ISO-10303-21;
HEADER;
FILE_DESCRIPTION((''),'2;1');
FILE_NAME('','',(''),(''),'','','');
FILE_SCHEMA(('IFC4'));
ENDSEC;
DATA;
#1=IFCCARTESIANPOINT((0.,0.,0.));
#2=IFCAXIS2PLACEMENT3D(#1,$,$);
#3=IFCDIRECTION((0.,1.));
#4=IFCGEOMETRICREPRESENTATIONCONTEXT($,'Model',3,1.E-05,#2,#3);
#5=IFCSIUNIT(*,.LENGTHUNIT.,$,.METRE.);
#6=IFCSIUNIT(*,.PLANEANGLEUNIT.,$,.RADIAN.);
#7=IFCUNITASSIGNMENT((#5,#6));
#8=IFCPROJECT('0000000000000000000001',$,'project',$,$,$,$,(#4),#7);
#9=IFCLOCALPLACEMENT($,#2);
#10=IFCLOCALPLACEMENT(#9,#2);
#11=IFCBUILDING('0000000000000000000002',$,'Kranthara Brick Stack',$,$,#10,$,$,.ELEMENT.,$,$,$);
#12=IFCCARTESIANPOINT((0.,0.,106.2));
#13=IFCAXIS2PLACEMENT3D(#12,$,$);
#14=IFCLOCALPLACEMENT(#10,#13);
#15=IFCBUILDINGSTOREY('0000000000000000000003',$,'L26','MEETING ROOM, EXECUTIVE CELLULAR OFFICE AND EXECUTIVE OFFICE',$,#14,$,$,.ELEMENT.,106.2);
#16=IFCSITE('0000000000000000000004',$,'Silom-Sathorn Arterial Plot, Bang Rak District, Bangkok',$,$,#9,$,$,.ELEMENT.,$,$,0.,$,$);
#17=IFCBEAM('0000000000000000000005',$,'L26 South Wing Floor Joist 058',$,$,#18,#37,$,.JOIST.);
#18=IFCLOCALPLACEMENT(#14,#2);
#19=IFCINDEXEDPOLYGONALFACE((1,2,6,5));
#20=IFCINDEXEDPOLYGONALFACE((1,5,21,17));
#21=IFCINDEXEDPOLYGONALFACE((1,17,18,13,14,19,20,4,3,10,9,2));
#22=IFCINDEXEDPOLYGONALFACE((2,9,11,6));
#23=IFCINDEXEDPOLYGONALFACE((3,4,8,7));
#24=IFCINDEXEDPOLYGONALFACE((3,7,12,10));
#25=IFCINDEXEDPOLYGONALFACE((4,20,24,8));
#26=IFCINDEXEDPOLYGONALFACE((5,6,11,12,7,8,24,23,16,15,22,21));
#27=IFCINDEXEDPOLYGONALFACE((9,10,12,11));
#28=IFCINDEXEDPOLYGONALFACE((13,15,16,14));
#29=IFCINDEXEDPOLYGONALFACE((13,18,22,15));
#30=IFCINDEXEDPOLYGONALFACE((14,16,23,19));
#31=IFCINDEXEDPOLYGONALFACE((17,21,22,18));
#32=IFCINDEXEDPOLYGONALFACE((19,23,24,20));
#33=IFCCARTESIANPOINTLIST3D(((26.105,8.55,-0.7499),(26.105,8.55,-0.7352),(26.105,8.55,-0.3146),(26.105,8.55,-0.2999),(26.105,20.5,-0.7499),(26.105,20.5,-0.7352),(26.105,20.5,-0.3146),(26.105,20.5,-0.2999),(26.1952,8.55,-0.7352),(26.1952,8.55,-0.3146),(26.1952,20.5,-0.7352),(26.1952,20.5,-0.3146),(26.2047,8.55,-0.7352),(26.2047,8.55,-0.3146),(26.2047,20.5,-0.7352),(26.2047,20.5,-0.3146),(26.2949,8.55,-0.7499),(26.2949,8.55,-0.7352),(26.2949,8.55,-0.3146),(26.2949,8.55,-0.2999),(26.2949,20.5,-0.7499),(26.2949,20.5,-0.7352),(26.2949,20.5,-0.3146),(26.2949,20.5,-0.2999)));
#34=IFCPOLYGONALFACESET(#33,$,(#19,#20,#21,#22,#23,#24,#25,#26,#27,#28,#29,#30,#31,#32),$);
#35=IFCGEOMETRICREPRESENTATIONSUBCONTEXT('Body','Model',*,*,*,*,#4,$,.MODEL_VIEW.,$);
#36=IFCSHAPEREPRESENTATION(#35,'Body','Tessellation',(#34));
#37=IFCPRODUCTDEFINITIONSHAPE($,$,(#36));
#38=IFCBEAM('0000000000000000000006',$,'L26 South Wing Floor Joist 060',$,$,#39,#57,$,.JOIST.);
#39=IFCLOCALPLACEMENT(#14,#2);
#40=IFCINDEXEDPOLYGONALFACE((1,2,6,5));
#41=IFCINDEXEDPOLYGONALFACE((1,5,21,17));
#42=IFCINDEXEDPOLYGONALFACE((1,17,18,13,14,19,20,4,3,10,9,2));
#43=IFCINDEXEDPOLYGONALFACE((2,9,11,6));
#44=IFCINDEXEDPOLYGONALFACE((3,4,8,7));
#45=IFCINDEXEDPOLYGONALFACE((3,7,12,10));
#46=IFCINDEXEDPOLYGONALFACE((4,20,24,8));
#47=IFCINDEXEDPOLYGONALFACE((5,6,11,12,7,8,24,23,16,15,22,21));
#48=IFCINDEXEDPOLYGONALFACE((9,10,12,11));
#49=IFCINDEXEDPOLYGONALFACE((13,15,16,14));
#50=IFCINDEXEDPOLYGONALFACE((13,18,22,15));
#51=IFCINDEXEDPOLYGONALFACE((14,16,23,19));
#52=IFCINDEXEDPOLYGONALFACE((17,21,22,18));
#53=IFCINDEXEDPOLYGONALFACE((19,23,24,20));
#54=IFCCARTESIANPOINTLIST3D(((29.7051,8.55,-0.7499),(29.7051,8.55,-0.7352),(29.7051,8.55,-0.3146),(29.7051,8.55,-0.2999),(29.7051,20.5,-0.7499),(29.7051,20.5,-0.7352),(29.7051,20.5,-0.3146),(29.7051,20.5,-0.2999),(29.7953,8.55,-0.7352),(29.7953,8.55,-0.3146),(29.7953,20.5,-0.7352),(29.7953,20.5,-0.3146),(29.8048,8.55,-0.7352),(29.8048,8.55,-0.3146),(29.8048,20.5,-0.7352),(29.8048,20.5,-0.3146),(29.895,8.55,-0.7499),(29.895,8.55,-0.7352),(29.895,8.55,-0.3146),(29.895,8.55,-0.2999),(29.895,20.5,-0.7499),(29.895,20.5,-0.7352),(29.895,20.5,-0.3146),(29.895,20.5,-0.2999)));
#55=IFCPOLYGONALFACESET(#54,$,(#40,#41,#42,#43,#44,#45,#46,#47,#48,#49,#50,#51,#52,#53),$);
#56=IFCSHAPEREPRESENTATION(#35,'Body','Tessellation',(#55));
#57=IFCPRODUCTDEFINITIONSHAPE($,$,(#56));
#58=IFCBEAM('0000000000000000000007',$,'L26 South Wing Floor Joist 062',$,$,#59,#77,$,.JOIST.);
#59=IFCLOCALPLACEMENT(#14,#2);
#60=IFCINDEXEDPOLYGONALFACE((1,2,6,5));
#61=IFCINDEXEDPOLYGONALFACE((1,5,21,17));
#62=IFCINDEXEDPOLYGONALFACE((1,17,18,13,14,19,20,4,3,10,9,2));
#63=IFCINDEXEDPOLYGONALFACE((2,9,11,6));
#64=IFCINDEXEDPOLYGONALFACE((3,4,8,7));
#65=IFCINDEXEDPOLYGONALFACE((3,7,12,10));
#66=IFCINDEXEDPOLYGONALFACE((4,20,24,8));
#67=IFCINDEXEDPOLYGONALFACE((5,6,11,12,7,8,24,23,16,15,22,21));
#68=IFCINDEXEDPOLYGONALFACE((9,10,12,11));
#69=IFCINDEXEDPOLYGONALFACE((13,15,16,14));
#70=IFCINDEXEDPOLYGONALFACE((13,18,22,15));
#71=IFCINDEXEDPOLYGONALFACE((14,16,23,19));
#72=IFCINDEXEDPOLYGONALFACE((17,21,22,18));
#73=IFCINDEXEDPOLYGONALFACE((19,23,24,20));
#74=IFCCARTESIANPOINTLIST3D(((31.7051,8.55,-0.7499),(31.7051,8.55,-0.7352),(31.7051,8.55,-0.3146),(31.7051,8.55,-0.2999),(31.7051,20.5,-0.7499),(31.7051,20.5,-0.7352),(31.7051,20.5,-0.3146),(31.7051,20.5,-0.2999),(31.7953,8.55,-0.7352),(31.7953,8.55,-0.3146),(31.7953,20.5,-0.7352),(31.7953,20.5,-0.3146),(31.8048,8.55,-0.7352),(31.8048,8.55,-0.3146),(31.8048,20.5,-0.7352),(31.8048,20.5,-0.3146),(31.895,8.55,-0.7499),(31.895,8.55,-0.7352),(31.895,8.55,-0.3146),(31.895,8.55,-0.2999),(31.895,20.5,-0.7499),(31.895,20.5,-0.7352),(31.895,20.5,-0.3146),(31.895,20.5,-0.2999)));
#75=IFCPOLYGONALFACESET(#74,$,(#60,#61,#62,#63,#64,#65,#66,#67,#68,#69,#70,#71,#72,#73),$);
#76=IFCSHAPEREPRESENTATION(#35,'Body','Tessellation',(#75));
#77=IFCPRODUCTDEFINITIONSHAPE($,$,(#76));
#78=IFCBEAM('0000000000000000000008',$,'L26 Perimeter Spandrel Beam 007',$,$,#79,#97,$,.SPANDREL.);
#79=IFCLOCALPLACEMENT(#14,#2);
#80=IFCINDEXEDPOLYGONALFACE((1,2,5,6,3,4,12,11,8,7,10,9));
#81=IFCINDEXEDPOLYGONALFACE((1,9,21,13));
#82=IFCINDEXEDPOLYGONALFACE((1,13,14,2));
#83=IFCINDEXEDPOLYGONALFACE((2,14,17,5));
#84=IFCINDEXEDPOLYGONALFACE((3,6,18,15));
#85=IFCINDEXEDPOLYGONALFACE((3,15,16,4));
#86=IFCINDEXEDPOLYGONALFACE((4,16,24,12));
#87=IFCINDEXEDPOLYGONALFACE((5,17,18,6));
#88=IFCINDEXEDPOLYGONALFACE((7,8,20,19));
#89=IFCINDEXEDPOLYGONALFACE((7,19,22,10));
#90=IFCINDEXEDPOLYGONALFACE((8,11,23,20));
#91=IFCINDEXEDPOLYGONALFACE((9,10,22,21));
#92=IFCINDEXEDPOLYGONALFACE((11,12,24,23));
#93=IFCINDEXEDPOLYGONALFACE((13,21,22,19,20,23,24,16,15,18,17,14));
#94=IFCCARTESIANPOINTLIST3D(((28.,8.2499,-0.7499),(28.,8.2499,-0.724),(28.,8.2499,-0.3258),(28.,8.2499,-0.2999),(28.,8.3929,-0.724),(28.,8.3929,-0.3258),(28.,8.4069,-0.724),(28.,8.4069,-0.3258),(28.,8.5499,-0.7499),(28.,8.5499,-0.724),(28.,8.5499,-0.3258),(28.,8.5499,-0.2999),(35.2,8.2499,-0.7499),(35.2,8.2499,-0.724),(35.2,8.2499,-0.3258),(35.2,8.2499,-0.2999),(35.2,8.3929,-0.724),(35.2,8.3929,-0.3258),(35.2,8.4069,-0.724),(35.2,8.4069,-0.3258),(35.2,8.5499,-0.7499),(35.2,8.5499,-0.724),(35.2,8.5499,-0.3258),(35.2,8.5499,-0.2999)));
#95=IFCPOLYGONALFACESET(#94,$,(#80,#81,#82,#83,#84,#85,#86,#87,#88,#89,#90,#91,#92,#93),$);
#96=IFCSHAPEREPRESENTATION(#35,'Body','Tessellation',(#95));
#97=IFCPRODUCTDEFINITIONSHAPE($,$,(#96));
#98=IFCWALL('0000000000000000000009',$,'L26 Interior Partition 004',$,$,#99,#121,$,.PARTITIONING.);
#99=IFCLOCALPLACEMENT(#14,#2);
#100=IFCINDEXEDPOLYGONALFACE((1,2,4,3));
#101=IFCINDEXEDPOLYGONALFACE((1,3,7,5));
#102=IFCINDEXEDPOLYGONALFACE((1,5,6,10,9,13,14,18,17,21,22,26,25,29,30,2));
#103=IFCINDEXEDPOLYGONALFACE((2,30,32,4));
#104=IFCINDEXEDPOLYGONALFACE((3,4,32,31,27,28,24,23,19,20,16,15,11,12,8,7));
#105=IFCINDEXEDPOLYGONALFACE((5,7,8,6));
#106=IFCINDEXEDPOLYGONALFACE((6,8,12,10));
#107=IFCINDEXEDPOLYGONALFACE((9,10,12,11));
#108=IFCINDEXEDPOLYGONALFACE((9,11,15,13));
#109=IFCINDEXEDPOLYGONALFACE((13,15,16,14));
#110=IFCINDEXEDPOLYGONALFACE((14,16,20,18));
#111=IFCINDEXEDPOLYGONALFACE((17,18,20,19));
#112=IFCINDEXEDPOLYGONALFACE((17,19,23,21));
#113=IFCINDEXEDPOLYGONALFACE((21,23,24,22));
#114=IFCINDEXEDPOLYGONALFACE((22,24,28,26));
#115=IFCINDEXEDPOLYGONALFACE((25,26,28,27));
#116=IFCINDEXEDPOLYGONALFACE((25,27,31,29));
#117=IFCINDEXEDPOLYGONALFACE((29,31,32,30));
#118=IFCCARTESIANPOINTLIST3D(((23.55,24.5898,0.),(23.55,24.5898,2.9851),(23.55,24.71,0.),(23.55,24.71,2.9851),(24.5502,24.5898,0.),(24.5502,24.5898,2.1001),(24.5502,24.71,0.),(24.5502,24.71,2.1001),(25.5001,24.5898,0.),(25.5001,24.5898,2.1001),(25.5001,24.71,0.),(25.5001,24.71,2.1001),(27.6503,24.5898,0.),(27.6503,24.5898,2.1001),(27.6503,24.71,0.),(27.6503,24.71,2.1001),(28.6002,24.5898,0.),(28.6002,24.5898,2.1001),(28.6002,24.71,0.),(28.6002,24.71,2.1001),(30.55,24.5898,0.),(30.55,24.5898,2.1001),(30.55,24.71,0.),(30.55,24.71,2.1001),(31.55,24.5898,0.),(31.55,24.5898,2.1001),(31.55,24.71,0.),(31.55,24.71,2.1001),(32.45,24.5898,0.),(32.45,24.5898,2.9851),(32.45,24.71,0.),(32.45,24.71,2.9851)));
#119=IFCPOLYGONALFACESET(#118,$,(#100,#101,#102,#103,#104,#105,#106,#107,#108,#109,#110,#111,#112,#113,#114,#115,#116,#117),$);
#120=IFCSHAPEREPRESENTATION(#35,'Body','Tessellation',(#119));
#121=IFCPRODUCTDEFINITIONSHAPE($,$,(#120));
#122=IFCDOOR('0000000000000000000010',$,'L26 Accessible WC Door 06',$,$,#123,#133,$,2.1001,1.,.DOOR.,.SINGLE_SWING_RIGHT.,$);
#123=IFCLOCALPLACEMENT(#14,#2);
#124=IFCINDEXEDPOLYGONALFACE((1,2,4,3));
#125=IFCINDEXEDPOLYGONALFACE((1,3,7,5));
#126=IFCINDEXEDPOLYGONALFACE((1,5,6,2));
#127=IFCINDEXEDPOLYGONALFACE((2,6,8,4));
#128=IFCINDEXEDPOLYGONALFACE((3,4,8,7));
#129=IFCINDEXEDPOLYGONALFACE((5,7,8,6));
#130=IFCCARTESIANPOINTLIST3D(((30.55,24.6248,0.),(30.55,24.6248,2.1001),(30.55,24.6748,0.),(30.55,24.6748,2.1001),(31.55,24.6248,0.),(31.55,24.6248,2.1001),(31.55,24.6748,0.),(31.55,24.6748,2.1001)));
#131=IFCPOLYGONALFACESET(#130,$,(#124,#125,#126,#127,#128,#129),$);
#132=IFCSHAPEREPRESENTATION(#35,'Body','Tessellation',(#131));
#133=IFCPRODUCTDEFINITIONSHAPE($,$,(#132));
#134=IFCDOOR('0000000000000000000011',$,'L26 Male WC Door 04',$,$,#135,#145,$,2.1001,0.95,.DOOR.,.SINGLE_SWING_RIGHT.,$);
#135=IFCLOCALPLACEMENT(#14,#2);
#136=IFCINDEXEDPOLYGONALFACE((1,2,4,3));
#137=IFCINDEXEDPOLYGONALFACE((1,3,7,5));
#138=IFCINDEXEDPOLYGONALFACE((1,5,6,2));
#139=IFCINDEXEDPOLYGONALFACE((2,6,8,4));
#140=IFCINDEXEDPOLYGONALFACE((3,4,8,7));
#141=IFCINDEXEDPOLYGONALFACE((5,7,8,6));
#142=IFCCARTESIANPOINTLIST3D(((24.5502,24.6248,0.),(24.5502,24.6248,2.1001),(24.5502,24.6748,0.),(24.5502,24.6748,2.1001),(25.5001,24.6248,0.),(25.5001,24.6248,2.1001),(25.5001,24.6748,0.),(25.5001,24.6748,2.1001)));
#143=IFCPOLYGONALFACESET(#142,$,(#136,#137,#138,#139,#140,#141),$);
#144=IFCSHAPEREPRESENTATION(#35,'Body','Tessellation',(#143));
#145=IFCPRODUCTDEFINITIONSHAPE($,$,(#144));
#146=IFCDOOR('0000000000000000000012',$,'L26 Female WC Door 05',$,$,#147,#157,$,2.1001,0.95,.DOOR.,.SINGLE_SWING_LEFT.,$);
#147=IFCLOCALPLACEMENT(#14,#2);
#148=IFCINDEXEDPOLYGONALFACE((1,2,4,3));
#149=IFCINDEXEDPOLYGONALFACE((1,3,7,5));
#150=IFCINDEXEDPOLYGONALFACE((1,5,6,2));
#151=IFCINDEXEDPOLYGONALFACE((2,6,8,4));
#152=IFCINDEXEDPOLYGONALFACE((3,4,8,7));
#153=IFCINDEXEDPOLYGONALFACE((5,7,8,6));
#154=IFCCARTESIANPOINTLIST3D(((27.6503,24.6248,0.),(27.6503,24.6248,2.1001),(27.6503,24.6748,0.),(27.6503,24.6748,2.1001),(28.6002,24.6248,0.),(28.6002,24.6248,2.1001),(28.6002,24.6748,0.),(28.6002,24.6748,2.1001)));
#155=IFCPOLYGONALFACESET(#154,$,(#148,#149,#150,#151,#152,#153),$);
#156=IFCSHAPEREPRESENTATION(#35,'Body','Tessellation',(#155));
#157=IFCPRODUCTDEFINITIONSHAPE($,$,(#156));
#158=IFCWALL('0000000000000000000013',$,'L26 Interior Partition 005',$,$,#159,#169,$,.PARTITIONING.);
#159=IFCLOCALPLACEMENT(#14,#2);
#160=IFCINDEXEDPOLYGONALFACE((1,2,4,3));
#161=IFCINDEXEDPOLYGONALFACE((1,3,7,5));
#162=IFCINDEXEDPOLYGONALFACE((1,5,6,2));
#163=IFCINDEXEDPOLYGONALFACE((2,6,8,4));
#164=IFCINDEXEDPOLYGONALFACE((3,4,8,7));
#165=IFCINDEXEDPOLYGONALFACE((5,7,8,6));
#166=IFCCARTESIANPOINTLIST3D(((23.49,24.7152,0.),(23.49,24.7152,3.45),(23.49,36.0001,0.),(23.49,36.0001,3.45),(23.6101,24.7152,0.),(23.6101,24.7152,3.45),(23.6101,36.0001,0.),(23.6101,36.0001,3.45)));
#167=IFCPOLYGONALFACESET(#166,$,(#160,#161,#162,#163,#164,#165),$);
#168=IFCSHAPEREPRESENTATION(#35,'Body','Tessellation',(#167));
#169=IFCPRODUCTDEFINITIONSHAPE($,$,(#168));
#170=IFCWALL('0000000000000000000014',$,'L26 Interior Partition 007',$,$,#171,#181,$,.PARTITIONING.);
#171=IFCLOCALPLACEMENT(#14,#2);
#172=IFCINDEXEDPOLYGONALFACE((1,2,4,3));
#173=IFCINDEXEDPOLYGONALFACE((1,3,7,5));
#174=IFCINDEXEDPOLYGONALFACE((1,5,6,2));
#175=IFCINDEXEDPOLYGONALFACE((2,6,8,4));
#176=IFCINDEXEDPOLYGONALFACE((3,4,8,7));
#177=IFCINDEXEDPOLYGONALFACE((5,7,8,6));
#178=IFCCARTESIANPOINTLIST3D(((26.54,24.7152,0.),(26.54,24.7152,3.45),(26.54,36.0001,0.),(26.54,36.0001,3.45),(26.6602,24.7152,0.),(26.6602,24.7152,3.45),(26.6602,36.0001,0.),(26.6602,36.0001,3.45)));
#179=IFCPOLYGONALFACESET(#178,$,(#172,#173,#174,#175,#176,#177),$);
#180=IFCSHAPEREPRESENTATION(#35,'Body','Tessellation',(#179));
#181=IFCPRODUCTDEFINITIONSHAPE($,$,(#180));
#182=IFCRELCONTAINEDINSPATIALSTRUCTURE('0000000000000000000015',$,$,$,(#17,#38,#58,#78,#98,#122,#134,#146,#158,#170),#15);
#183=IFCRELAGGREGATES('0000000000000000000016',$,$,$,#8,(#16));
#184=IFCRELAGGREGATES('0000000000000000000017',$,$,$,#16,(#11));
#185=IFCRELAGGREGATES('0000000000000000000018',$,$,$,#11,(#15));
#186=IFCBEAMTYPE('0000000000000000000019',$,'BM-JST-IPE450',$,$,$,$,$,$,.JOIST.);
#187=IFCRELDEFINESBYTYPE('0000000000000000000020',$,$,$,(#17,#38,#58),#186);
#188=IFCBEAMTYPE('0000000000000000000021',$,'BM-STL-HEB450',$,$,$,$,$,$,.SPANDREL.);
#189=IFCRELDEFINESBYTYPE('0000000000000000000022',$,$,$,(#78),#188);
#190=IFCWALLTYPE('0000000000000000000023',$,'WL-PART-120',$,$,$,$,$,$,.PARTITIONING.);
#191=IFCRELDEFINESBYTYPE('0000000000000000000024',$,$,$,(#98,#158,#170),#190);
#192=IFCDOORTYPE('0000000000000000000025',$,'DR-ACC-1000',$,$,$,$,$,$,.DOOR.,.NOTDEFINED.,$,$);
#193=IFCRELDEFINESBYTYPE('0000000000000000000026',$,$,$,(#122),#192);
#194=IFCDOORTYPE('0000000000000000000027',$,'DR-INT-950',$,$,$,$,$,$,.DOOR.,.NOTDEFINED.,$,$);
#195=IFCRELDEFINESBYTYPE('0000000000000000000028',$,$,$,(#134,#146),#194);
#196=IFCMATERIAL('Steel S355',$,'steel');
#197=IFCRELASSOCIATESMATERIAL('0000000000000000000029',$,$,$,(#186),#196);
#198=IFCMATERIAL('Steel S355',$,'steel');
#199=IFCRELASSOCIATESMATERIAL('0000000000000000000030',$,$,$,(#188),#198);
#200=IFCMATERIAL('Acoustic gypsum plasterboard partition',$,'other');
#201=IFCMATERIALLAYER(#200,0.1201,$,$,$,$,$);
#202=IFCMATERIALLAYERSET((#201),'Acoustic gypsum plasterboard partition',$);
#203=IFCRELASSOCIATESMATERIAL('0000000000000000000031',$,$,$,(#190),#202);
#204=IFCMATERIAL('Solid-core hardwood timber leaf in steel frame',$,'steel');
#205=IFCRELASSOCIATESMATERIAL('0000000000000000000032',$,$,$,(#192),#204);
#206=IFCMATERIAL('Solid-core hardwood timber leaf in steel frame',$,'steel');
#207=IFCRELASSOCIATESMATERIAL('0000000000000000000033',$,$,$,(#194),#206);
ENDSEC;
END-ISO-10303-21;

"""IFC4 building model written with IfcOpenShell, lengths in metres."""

from ifc_helpers import new_model, si_unit, direction, frame, frame_2d, origin, origin_2d, place, context, subcontext, project, spatial, rectangle, i_section, extrude, material, layer, layer_set, material_profile, profile_set, type_object, element, fill, save


model = new_model("IFC4")

# Units and contexts
model_context = context("Model", 3, precision=1e-05, world=origin(), true_north=direction((0.0, 1.0)))
body_context = subcontext(model_context, "Body", "Model", "MODEL_VIEW")
ifc_project = project(units=[si_unit("LENGTHUNIT", "METRE"), si_unit("PLANEANGLEUNIT", "RADIAN")], contexts=[model_context])

# Site, building, storey
site_placement = place(None, origin())
site = spatial("IfcSite", under=ifc_project, at=site_placement, Name="Silom-Sathorn Arterial Plot, Bang Rak District, Bangkok", CompositionType="ELEMENT", RefElevation=0.0)
building_placement = place(site_placement, origin())
building = spatial("IfcBuilding", under=site, at=building_placement, Name="Kranthara Brick Stack", CompositionType="ELEMENT")
storey_placement = place(building_placement, frame((0.0, 0.0, 106.2)))
storey = spatial("IfcBuildingStorey", under=building, at=storey_placement, Name="L26", Description="MEETING ROOM, EXECUTIVE CELLULAR OFFICE AND EXECUTIVE OFFICE", CompositionType="ELEMENT", Elevation=106.2)

# Beams
ifc_material_1 = material(Name="Steel S355", Category="steel")
ifc_material_profile_1 = material_profile(ifc_material_1, i_section(OverallWidth=0.1899, OverallDepth=0.45, WebThickness=0.0095, FlangeThickness=0.0146, at=origin_2d()), Name="IPE 450")
ifc_profile_set_1 = profile_set([ifc_material_profile_1], Name="Steel S355")
beam_type_1 = type_object("IfcBeamType", Name="BM-JST-IPE450", PredefinedType="JOIST", material=ifc_profile_set_1)
for number, where, z_axis, x_axis, name in (
    (1, (26.2, 8.55, -0.5249), (0.0, 1.0, 0.0), (-1.0, 0.0, 0.0), "L26 South Wing Floor Joist 058"),
    (2, (29.8, 8.55, -0.5249), (0.0, 1.0, 0.0), (-1.0, 0.0, 0.0), "L26 South Wing Floor Joist 060"),
    (3, (31.8, 8.55, -0.5249), (0.0, 1.0, 0.0), (-1.0, 0.0, 0.0), "L26 South Wing Floor Joist 062"),
):
    element("IfcBeam", number, at=place(storey_placement, frame(where, z_axis=z_axis, x_axis=x_axis)), inside=storey, type_object=beam_type_1, Name=name, PredefinedType="JOIST", context=body_context, shape_type="SweptSolid", body=[
        extrude(i_section(OverallWidth=0.1899, OverallDepth=0.45, WebThickness=0.0095, FlangeThickness=0.0146, at=origin_2d()), origin(), (0.0, 0.0, 1.0), 11.95),
    ])
ifc_material_2 = material(Name="Steel S355", Category="steel")
ifc_material_profile_2 = material_profile(ifc_material_2, i_section(OverallWidth=0.3, OverallDepth=0.45, WebThickness=0.0139, FlangeThickness=0.0259, at=origin_2d()), Name="HEB 450")
ifc_profile_set_2 = profile_set([ifc_material_profile_2], Name="Steel S355")
beam_type_2 = type_object("IfcBeamType", Name="BM-STL-HEB450", PredefinedType="SPANDREL", material=ifc_profile_set_2)
beam_1_placement = place(storey_placement, frame((28.0, 8.3999, -0.5249), z_axis=(1.0, 0.0, 0.0), x_axis=(0.0, 1.0, 0.0)))
element("IfcBeam", 4, at=beam_1_placement, inside=storey, type_object=beam_type_2, Name="L26 Perimeter Spandrel Beam 007", PredefinedType="SPANDREL", context=body_context, shape_type="SweptSolid", body=[
    extrude(i_section(OverallWidth=0.3, OverallDepth=0.45, WebThickness=0.0139, FlangeThickness=0.0259, at=origin_2d()), origin(), (0.0, 0.0, 1.0), 7.2),
])

# Wall, openings, doors
ifc_material_3 = material(Name="Acoustic gypsum plasterboard partition", Category="other")
ifc_layer_1 = layer(ifc_material_3, 0.1201)
ifc_layer_set_1 = layer_set([ifc_layer_1], Name="Acoustic gypsum plasterboard partition")
wall_type_1 = type_object("IfcWallType", Name="WL-PART-120", PredefinedType="PARTITIONING", material=ifc_layer_set_1)
wall_1_placement = place(storey_placement, frame((23.55, 24.6499, 0.0), z_axis=(0.0, 0.0, 1.0), x_axis=(1.0, 0.0, 0.0)))
wall_1 = element("IfcWall", 5, at=wall_1_placement, inside=storey, type_object=wall_type_1, Name="L26 Interior Partition 004", PredefinedType="PARTITIONING", context=body_context, shape_type="SweptSolid", body=[
    extrude(rectangle(XDim=8.8999, YDim=0.1201, at=frame_2d((4.45, 0.0))), origin(), (0.0, 0.0, 1.0), 2.9851),
])
opening_1_placement = place(wall_1_placement, frame((1.0, 0.0, 0.0)))
opening_1 = element("IfcOpeningElement", 6, at=opening_1_placement, cuts=wall_1, PredefinedType="OPENING", context=body_context, shape_type="SweptSolid", body=[
    extrude(rectangle(XDim=0.95, YDim=2.1001, at=frame_2d((0.4751, 1.05))), frame((0.0, 0.0701, 0.0), z_axis=(0.0, -1.0, 0.0), x_axis=(1.0, 0.0, 0.0)), (0.0, 0.0, 1.0), 0.1401),
])
opening_2_placement = place(wall_1_placement, frame((4.1001, 0.0, 0.0)))
opening_2 = element("IfcOpeningElement", 7, at=opening_2_placement, cuts=wall_1, PredefinedType="OPENING", context=body_context, shape_type="SweptSolid", body=[
    extrude(rectangle(XDim=0.95, YDim=2.1001, at=frame_2d((0.4751, 1.05))), frame((0.0, 0.0701, 0.0), z_axis=(0.0, -1.0, 0.0), x_axis=(1.0, 0.0, 0.0)), (0.0, 0.0, 1.0), 0.1401),
])
opening_3_placement = place(wall_1_placement, frame((7.0, 0.0, 0.0)))
opening_3 = element("IfcOpeningElement", 8, at=opening_3_placement, cuts=wall_1, PredefinedType="OPENING", context=body_context, shape_type="SweptSolid", body=[
    extrude(rectangle(XDim=1.0, YDim=2.1001, at=frame_2d((0.5, 1.05))), frame((0.0, 0.0701, 0.0), z_axis=(0.0, -1.0, 0.0), x_axis=(1.0, 0.0, 0.0)), (0.0, 0.0, 1.0), 0.1401),
])
ifc_material_4 = material(Name="Solid-core hardwood timber leaf in steel frame", Category="steel")
door_type_1 = type_object("IfcDoorType", Name="DR-ACC-1000", OperationType="NOTDEFINED", PredefinedType="DOOR", material=ifc_material_4)
door_1_placement = place(opening_3_placement, origin())
door_1 = element("IfcDoor", 9, at=door_1_placement, inside=storey, type_object=door_type_1, Name="L26 Accessible WC Door 06", OperationType="SINGLE_SWING_RIGHT", OverallHeight=2.1001, OverallWidth=1.0, PredefinedType="DOOR", context=body_context, shape_type="SweptSolid", body=[
    extrude(rectangle(XDim=1.0, YDim=2.1001, at=frame_2d((0.5, 1.05))), frame((0.0, 0.0249, 0.0), z_axis=(0.0, -1.0, 0.0), x_axis=(1.0, 0.0, 0.0)), (0.0, 0.0, 1.0), 0.05),
])
fill(opening_3, door_1)
ifc_material_5 = material(Name="Solid-core hardwood timber leaf in steel frame", Category="steel")
door_type_2 = type_object("IfcDoorType", Name="DR-INT-950", OperationType="NOTDEFINED", PredefinedType="DOOR", material=ifc_material_5)
door_2_placement = place(opening_1_placement, origin())
door_2 = element("IfcDoor", 10, at=door_2_placement, inside=storey, type_object=door_type_2, Name="L26 Male WC Door 04", OperationType="SINGLE_SWING_RIGHT", OverallHeight=2.1001, OverallWidth=0.95, PredefinedType="DOOR", context=body_context, shape_type="SweptSolid", body=[
    extrude(rectangle(XDim=0.95, YDim=2.1001, at=frame_2d((0.4751, 1.05))), frame((0.0, 0.0249, 0.0), z_axis=(0.0, -1.0, 0.0), x_axis=(1.0, 0.0, 0.0)), (0.0, 0.0, 1.0), 0.05),
])
fill(opening_1, door_2)
door_3_placement = place(opening_2_placement, origin())
door_3 = element("IfcDoor", 11, at=door_3_placement, inside=storey, type_object=door_type_2, Name="L26 Female WC Door 05", OperationType="SINGLE_SWING_LEFT", OverallHeight=2.1001, OverallWidth=0.95, PredefinedType="DOOR", context=body_context, shape_type="SweptSolid", body=[
    extrude(rectangle(XDim=0.95, YDim=2.1001, at=frame_2d((0.4751, 1.05))), frame((0.0, 0.0249, 0.0), z_axis=(0.0, -1.0, 0.0), x_axis=(1.0, 0.0, 0.0)), (0.0, 0.0, 1.0), 0.05),
])
fill(opening_2, door_3)

# Walls
for number, where, z_axis, x_axis, name in (
    (12, (23.55, 24.7151, 0.0), (0.0, 0.0, 1.0), (0.0, 1.0, 0.0), "L26 Interior Partition 005"),
    (13, (26.6001, 24.7151, 0.0), (0.0, 0.0, 1.0), (0.0, 1.0, 0.0), "L26 Interior Partition 007"),
):
    element("IfcWall", number, at=place(storey_placement, frame(where, z_axis=z_axis, x_axis=x_axis)), inside=storey, type_object=wall_type_1, Name=name, PredefinedType="PARTITIONING", context=body_context, shape_type="SweptSolid", body=[
        extrude(rectangle(XDim=11.2849, YDim=0.1201, at=frame_2d((5.6426, 0.0))), origin(), (0.0, 0.0, 1.0), 3.45),
    ])

save(model, "model.ifc")
